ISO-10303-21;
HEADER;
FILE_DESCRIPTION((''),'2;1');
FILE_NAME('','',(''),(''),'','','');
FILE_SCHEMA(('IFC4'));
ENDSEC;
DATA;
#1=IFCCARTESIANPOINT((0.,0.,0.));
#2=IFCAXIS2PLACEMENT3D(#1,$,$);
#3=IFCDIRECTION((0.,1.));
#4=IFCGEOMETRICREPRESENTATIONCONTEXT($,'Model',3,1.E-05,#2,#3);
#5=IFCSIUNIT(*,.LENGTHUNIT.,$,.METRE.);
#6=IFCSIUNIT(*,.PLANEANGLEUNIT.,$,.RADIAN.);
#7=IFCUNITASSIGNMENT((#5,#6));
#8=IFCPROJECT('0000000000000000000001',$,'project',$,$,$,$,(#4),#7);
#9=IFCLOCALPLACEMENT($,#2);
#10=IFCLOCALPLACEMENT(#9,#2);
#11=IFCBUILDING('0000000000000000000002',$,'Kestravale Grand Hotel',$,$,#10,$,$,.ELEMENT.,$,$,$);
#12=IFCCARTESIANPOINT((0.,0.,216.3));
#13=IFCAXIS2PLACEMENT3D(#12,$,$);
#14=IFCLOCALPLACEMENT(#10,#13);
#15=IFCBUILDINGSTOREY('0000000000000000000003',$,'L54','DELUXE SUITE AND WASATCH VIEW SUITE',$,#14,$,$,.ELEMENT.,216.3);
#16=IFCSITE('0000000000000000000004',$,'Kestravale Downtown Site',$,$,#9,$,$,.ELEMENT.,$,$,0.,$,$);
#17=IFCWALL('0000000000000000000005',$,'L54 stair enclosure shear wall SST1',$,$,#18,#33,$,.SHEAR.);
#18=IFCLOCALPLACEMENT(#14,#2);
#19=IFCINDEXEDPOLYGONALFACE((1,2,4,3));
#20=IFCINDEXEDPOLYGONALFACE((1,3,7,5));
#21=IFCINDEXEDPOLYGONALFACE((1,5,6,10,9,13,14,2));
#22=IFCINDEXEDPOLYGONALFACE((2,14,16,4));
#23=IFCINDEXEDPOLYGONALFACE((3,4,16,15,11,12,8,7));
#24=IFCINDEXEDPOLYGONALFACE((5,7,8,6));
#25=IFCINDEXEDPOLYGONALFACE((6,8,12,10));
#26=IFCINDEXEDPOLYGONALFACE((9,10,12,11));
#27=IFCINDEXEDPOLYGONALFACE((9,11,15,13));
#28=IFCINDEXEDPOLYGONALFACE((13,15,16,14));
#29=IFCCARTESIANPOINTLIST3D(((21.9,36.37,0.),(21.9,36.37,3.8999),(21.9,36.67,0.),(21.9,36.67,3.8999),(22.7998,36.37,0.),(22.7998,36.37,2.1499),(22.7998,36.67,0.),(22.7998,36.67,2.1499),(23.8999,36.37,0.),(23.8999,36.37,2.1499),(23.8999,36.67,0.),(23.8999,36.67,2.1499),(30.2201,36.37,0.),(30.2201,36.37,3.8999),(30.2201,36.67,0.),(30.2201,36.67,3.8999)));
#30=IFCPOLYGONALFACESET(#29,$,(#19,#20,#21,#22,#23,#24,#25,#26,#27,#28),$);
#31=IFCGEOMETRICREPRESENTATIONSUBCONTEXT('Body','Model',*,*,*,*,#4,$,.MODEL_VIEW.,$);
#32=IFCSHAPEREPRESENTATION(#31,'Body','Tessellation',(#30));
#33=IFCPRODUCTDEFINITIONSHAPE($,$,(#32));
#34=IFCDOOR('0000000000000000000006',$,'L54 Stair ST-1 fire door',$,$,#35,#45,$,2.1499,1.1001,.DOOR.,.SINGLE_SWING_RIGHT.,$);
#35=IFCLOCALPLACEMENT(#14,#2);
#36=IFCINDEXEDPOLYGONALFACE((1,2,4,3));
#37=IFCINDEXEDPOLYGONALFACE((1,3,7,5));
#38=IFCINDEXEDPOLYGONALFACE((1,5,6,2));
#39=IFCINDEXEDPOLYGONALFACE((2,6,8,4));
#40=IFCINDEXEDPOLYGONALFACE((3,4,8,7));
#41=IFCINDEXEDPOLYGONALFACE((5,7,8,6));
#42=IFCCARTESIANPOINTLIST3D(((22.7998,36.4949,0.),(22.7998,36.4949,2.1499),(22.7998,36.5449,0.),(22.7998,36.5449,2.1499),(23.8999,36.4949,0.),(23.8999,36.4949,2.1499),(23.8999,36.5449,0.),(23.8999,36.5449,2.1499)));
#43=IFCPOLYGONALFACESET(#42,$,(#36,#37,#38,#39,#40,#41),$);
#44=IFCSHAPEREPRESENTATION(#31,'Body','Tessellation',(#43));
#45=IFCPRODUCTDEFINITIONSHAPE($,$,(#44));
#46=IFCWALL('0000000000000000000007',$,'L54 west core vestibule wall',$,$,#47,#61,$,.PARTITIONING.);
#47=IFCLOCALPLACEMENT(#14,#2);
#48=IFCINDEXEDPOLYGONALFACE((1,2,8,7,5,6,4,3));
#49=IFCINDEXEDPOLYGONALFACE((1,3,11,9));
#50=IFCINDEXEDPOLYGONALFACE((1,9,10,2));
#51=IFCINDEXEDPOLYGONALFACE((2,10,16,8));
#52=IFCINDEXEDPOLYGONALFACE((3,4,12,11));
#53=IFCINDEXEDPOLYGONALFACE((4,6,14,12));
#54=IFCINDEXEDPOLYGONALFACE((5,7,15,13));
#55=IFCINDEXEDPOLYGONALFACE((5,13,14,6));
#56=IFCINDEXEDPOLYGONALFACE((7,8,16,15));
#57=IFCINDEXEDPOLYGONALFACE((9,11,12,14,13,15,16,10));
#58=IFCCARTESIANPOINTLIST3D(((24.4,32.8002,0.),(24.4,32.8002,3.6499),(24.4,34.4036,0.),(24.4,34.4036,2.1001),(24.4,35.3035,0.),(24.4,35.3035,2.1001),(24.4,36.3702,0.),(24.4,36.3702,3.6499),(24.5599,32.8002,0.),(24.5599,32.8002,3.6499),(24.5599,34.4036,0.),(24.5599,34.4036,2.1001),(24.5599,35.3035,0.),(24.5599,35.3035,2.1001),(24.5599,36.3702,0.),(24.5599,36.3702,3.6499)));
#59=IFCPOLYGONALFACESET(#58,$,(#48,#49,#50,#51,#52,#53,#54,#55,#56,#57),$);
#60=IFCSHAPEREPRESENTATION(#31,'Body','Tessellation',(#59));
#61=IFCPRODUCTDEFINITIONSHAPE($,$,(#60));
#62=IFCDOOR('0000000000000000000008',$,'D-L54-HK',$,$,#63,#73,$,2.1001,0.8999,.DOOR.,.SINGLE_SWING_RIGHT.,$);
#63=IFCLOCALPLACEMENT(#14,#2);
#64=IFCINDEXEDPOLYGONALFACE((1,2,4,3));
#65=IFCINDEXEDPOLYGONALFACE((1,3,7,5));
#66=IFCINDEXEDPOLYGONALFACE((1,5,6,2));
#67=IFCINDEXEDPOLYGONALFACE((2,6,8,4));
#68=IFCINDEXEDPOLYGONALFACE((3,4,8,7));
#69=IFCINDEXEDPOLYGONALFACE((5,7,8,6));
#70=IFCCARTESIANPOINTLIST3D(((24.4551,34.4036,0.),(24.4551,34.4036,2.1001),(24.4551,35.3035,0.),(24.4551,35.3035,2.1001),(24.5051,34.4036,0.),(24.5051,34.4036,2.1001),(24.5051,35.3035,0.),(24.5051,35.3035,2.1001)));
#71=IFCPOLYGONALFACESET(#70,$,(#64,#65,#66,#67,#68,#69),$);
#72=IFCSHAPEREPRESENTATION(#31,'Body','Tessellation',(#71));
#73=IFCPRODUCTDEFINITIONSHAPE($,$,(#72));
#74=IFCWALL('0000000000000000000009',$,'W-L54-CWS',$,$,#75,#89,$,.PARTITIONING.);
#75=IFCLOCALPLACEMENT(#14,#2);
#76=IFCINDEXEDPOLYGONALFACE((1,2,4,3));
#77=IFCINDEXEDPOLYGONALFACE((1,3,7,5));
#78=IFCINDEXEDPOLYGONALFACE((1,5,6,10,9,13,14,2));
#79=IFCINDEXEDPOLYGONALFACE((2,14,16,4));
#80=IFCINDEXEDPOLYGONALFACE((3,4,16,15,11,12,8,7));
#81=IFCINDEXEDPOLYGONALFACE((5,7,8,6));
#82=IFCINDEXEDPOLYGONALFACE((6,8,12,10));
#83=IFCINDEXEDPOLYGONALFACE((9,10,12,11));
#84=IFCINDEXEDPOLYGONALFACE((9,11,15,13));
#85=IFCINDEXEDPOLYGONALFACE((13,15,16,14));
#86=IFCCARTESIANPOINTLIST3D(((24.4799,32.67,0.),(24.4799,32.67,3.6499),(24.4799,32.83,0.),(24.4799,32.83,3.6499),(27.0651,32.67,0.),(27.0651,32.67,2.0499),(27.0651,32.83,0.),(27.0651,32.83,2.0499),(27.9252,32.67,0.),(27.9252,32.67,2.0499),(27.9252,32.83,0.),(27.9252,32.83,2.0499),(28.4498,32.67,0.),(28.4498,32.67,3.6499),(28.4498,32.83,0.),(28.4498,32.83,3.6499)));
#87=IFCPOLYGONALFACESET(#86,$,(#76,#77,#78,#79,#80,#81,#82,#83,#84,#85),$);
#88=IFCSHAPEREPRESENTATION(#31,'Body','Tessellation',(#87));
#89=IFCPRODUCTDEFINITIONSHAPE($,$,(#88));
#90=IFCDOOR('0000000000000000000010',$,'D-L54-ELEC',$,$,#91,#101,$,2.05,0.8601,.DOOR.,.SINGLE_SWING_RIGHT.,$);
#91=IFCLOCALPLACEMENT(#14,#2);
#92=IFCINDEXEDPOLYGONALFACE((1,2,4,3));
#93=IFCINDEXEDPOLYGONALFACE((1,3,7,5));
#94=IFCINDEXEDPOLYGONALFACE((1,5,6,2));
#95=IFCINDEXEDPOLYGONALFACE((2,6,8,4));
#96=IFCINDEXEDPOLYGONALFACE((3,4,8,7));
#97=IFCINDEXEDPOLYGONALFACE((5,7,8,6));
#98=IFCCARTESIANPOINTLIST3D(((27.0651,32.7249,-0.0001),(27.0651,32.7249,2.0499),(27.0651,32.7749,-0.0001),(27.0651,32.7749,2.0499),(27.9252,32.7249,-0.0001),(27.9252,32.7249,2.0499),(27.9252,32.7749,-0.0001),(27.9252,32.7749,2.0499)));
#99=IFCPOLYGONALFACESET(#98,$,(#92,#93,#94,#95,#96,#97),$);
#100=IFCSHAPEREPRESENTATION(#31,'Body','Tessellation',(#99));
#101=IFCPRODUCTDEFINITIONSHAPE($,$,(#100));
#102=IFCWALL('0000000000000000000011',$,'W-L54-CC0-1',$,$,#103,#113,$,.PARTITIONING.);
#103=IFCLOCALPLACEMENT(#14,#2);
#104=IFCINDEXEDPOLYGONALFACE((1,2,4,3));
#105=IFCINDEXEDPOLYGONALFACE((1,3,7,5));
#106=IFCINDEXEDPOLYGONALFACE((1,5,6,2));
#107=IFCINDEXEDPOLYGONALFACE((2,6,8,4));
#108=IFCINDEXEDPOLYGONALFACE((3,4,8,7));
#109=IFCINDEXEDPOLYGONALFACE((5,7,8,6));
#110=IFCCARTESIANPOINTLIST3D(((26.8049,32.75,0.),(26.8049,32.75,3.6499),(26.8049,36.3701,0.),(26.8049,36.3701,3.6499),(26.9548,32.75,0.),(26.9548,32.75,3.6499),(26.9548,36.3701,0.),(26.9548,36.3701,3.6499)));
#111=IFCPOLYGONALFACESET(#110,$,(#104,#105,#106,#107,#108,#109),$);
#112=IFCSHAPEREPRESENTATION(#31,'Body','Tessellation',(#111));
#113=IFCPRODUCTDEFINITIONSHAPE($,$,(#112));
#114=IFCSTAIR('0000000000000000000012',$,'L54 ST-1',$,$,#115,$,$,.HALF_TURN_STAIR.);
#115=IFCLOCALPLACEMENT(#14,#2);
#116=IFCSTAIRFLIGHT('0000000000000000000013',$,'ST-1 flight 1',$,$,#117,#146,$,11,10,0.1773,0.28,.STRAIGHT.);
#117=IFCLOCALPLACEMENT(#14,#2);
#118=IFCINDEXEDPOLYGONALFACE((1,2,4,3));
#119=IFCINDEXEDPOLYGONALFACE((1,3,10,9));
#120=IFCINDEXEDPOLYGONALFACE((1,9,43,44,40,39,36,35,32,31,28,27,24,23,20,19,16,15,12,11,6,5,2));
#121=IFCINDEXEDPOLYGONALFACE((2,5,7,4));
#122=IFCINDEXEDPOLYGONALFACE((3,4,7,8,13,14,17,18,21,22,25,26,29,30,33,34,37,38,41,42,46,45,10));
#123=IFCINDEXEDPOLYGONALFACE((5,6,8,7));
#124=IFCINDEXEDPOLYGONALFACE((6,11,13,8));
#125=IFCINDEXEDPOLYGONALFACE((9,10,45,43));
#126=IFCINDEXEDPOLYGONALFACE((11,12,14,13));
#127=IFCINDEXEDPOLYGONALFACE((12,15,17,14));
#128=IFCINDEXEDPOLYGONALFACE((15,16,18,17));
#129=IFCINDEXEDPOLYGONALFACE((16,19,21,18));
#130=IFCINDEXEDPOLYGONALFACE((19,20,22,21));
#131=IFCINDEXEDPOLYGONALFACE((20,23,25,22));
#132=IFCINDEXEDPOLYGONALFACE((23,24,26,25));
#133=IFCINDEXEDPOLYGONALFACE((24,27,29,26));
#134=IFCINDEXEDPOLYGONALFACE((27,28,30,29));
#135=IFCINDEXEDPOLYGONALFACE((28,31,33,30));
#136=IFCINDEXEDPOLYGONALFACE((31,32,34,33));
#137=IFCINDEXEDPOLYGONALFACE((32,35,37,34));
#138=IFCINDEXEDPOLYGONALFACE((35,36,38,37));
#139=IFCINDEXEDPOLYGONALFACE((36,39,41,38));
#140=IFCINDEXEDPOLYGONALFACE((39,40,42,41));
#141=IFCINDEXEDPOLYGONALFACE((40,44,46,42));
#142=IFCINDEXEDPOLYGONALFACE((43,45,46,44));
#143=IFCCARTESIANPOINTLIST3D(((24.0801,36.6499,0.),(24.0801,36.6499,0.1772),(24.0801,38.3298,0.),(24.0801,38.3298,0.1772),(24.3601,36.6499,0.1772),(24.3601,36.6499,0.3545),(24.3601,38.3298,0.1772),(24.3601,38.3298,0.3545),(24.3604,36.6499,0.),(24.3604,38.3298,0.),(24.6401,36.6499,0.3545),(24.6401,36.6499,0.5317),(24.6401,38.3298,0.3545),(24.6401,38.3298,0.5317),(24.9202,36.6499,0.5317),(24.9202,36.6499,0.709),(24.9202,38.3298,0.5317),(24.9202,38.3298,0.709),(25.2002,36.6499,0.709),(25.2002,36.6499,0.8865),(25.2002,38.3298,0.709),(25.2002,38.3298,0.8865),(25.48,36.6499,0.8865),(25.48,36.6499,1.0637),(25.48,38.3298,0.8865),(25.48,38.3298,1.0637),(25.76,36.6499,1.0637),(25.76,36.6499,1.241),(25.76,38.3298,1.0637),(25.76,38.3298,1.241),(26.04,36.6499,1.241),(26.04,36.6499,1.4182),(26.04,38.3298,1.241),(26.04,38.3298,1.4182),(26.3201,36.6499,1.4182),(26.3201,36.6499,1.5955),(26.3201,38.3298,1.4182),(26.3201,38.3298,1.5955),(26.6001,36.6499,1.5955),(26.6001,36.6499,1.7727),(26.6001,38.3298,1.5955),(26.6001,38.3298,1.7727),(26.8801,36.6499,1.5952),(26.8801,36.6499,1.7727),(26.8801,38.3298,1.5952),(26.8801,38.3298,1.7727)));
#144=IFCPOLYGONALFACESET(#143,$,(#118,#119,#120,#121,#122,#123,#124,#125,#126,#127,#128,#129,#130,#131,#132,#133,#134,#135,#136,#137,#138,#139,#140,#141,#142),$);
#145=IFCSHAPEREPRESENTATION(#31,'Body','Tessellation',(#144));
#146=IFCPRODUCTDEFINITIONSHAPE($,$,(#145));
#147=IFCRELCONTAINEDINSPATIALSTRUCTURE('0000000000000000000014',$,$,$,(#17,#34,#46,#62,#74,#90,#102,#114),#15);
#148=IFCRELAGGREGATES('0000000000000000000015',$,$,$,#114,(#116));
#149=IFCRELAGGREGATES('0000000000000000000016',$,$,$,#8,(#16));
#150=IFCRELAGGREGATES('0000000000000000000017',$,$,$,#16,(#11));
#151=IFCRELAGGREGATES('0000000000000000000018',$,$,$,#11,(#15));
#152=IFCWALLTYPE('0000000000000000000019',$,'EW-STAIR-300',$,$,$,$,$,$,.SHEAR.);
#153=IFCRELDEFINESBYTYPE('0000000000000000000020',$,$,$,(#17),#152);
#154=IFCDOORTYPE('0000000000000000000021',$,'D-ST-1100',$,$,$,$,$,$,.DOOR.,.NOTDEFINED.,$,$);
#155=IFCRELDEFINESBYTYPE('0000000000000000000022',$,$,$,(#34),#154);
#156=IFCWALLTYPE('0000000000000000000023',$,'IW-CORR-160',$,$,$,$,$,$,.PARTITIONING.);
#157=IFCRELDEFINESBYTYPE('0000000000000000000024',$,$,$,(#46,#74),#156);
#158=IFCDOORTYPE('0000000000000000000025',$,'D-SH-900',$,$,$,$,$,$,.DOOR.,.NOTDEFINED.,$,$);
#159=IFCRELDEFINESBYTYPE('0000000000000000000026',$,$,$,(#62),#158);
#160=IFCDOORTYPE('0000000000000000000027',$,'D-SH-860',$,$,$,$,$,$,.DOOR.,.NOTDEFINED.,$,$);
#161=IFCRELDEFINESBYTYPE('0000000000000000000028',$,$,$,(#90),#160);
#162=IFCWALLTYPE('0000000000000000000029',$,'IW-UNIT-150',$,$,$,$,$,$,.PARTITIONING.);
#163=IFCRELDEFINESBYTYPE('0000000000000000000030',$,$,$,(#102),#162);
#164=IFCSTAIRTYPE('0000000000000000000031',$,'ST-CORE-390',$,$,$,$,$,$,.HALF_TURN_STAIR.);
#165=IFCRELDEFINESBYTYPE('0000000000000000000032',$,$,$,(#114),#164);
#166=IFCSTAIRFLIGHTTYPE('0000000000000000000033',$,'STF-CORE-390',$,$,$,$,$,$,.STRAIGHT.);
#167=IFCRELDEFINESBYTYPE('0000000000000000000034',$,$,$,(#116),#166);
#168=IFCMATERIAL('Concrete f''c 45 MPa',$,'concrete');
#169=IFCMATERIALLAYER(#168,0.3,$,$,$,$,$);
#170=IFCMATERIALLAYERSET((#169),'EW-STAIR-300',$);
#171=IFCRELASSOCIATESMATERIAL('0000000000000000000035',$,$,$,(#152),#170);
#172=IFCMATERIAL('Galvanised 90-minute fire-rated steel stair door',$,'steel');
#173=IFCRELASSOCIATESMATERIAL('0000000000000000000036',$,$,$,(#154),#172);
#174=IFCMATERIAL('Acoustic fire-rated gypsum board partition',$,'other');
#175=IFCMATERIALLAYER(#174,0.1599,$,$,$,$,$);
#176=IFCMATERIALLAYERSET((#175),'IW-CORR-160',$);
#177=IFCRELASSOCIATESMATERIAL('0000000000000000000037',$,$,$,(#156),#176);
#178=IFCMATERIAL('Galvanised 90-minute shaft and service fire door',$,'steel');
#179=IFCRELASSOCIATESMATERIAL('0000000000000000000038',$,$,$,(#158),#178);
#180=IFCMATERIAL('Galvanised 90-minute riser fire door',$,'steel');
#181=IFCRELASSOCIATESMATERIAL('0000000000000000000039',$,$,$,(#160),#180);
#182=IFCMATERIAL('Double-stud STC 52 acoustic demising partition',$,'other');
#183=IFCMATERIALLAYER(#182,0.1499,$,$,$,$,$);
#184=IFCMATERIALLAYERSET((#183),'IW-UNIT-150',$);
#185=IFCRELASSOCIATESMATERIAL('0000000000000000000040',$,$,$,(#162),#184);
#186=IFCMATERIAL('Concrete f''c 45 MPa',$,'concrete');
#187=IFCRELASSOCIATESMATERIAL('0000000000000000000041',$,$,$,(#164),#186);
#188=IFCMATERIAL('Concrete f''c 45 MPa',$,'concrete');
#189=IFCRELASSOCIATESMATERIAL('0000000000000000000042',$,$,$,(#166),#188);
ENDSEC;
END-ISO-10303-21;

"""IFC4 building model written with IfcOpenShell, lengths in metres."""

from ifc_helpers import new_model, si_unit, direction, frame, frame_2d, origin, place, context, subcontext, project, spatial, polyline, rectangle, outline, extrude, material, layer, layer_set, type_object, element, fill, aggregate, save


model = new_model("IFC4")

# Units and contexts
model_context = context("Model", 3, precision=1e-05, world=origin(), true_north=direction((0.0, 1.0)))
body_context = subcontext(model_context, "Body", "Model", "MODEL_VIEW")
ifc_project = project(units=[si_unit("LENGTHUNIT", "METRE"), si_unit("PLANEANGLEUNIT", "RADIAN")], contexts=[model_context])

# Site, building, storey
site_placement = place(None, origin())
site = spatial("IfcSite", under=ifc_project, at=site_placement, Name="Kestravale Downtown Site", CompositionType="ELEMENT", RefElevation=0.0)
building_placement = place(site_placement, origin())
building = spatial("IfcBuilding", under=site, at=building_placement, Name="Kestravale Grand Hotel", CompositionType="ELEMENT")
storey_placement = place(building_placement, frame((0.0, 0.0, 216.3)))
storey = spatial("IfcBuildingStorey", under=building, at=storey_placement, Name="L54", Description="DELUXE SUITE AND WASATCH VIEW SUITE", CompositionType="ELEMENT", Elevation=216.3)

# Walls, openings, doors
ifc_material_1 = material(Name="Concrete f'c 45 MPa", Category="concrete")
ifc_layer_1 = layer(ifc_material_1, 0.3)
ifc_layer_set_1 = layer_set([ifc_layer_1], Name="EW-STAIR-300")
wall_type_1 = type_object("IfcWallType", Name="EW-STAIR-300", PredefinedType="SHEAR", material=ifc_layer_set_1)
wall_1_placement = place(storey_placement, frame((21.8999, 36.52, 0.0), z_axis=(0.0, 0.0, 1.0), x_axis=(1.0, 0.0, 0.0)))
wall_1 = element("IfcWall", 1, at=wall_1_placement, inside=storey, type_object=wall_type_1, Name="L54 stair enclosure shear wall SST1", PredefinedType="SHEAR", context=body_context, shape_type="SweptSolid", body=[
    extrude(rectangle(XDim=8.3201, YDim=0.3, at=frame_2d((4.1602, 0.0))), origin(), (0.0, 0.0, 1.0), 3.8999),
])
opening_1_placement = place(wall_1_placement, frame((0.8999, 0.0, 0.0)))
opening_1 = element("IfcOpeningElement", 2, at=opening_1_placement, cuts=wall_1, PredefinedType="OPENING", context=body_context, shape_type="SweptSolid", body=[
    extrude(rectangle(XDim=1.1001, YDim=2.1499, at=frame_2d((0.55, 1.075))), frame((0.0, 0.1599, 0.0), z_axis=(0.0, -1.0, 0.0), x_axis=(1.0, 0.0, 0.0)), (0.0, 0.0, 1.0), 0.3201),
])
ifc_material_2 = material(Name="Galvanised 90-minute fire-rated steel stair door", Category="steel")
door_type_1 = type_object("IfcDoorType", Name="D-ST-1100", OperationType="NOTDEFINED", PredefinedType="DOOR", material=ifc_material_2)
door_1_placement = place(opening_1_placement, origin())
door_1 = element("IfcDoor", 3, at=door_1_placement, inside=storey, type_object=door_type_1, Name="L54 Stair ST-1 fire door", OperationType="SINGLE_SWING_RIGHT", OverallHeight=2.1499, OverallWidth=1.1001, PredefinedType="DOOR", context=body_context, shape_type="SweptSolid", body=[
    extrude(rectangle(XDim=1.1001, YDim=2.1499, at=frame_2d((0.55, 1.075))), frame((0.0, 0.0249, 0.0), z_axis=(0.0, -1.0, 0.0), x_axis=(1.0, 0.0, 0.0)), (0.0, 0.0, 1.0), 0.05),
])
fill(opening_1, door_1)
ifc_material_3 = material(Name="Acoustic fire-rated gypsum board partition", Category="other")
ifc_layer_2 = layer(ifc_material_3, 0.1599)
ifc_layer_set_2 = layer_set([ifc_layer_2], Name="IW-CORR-160")
wall_type_2 = type_object("IfcWallType", Name="IW-CORR-160", PredefinedType="PARTITIONING", material=ifc_layer_set_2)
wall_2_placement = place(storey_placement, frame((24.48, 32.8, 0.0), z_axis=(0.0, 0.0, 1.0), x_axis=(0.0, 1.0, 0.0)))
wall_2 = element("IfcWall", 4, at=wall_2_placement, inside=storey, type_object=wall_type_2, Name="L54 west core vestibule wall", PredefinedType="PARTITIONING", context=body_context, shape_type="SweptSolid", body=[
    extrude(rectangle(XDim=3.5701, YDim=0.1599, at=frame_2d((1.7852, 0.0))), origin(), (0.0, 0.0, 1.0), 3.6499),
])
opening_2_placement = place(wall_2_placement, frame((1.6035, 0.0, 0.0)))
opening_2 = element("IfcOpeningElement", 5, at=opening_2_placement, cuts=wall_2, PredefinedType="OPENING", context=body_context, shape_type="SweptSolid", body=[
    extrude(rectangle(XDim=0.8999, YDim=2.1001, at=frame_2d((0.45, 1.05))), frame((0.0, 0.0898, 0.0), z_axis=(0.0, -1.0, 0.0), x_axis=(1.0, 0.0, 0.0)), (0.0, 0.0, 1.0), 0.1799),
])
ifc_material_4 = material(Name="Galvanised 90-minute shaft and service fire door", Category="steel")
door_type_2 = type_object("IfcDoorType", Name="D-SH-900", OperationType="NOTDEFINED", PredefinedType="DOOR", material=ifc_material_4)
door_2_placement = place(opening_2_placement, origin())
door_2 = element("IfcDoor", 6, at=door_2_placement, inside=storey, type_object=door_type_2, Name="D-L54-HK", OperationType="SINGLE_SWING_RIGHT", OverallHeight=2.1001, OverallWidth=0.8999, PredefinedType="DOOR", context=body_context, shape_type="SweptSolid", body=[
    extrude(rectangle(XDim=0.8999, YDim=2.1001, at=frame_2d((0.45, 1.05))), frame((0.0, 0.0249, 0.0), z_axis=(0.0, -1.0, 0.0), x_axis=(1.0, 0.0, 0.0)), (0.0, 0.0, 1.0), 0.05),
])
fill(opening_2, door_2)
wall_3_placement = place(storey_placement, frame((24.48, 32.75, 0.0), z_axis=(0.0, 0.0, 1.0), x_axis=(1.0, 0.0, 0.0)))
wall_3 = element("IfcWall", 7, at=wall_3_placement, inside=storey, type_object=wall_type_2, Name="W-L54-CWS", PredefinedType="PARTITIONING", context=body_context, shape_type="SweptSolid", body=[
    extrude(rectangle(XDim=3.97, YDim=0.1599, at=frame_2d((1.9849, 0.0))), origin(), (0.0, 0.0, 1.0), 3.6499),
])
opening_3_placement = place(wall_3_placement, frame((2.585, 0.0, 0.0)))
opening_3 = element("IfcOpeningElement", 8, at=opening_3_placement, cuts=wall_3, PredefinedType="OPENING", context=body_context, shape_type="SweptSolid", body=[
    extrude(rectangle(XDim=0.8601, YDim=2.05, at=frame_2d((0.4302, 1.0249))), frame((0.0, 0.0898, 0.0), z_axis=(0.0, -1.0, 0.0), x_axis=(1.0, 0.0, 0.0)), (0.0, 0.0, 1.0), 0.1799),
])
ifc_material_5 = material(Name="Galvanised 90-minute riser fire door", Category="steel")
door_type_3 = type_object("IfcDoorType", Name="D-SH-860", OperationType="NOTDEFINED", PredefinedType="DOOR", material=ifc_material_5)
door_3_placement = place(opening_3_placement, origin())
door_3 = element("IfcDoor", 9, at=door_3_placement, inside=storey, type_object=door_type_3, Name="D-L54-ELEC", OperationType="SINGLE_SWING_RIGHT", OverallHeight=2.05, OverallWidth=0.8601, PredefinedType="DOOR", context=body_context, shape_type="SweptSolid", body=[
    extrude(rectangle(XDim=0.8601, YDim=2.05, at=frame_2d((0.4302, 1.0249))), frame((0.0, 0.0249, 0.0), z_axis=(0.0, -1.0, 0.0), x_axis=(1.0, 0.0, 0.0)), (0.0, 0.0, 1.0), 0.05),
])
fill(opening_3, door_3)

# Wall
ifc_material_6 = material(Name="Double-stud STC 52 acoustic demising partition", Category="other")
ifc_layer_3 = layer(ifc_material_6, 0.1499)
ifc_layer_set_3 = layer_set([ifc_layer_3], Name="IW-UNIT-150")
wall_type_3 = type_object("IfcWallType", Name="IW-UNIT-150", PredefinedType="PARTITIONING", material=ifc_layer_set_3)
wall_4_placement = place(storey_placement, frame((26.8799, 32.75, 0.0), z_axis=(0.0, 0.0, 1.0), x_axis=(0.0, 1.0, 0.0)))
element("IfcWall", 10, at=wall_4_placement, inside=storey, type_object=wall_type_3, Name="W-L54-CC0-1", PredefinedType="PARTITIONING", context=body_context, shape_type="SweptSolid", body=[
    extrude(rectangle(XDim=3.6201, YDim=0.1499, at=frame_2d((1.8101, 0.0))), origin(), (0.0, 0.0, 1.0), 3.6499),
])

# Stair, stair flight
ifc_material_7 = material(Name="Concrete f'c 45 MPa", Category="concrete")
stair_type = type_object("IfcStairType", Name="ST-CORE-390", PredefinedType="HALF_TURN_STAIR", material=ifc_material_7)
stair_placement = place(storey_placement, origin())
stair = element("IfcStair", 11, at=stair_placement, inside=storey, type_object=stair_type, Name="L54 ST-1", PredefinedType="HALF_TURN_STAIR")
ifc_material_8 = material(Name="Concrete f'c 45 MPa", Category="concrete")
stair_flight_type = type_object("IfcStairFlightType", Name="STF-CORE-390", PredefinedType="STRAIGHT", material=ifc_material_8)
stair_flight_1_placement = place(storey_placement, frame((24.0801, 37.49, 0.0), z_axis=(0.0, 0.0, 1.0), x_axis=(1.0, 0.0, 0.0)))
stair_flight_1 = element("IfcStairFlight", 12, at=stair_flight_1_placement, type_object=stair_flight_type, Name="ST-1 flight 1", NumberOfRisers=11, NumberOfTreads=10, PredefinedType="STRAIGHT", RiserHeight=0.1773, TreadLength=0.28, context=body_context, shape_type="SweptSolid", body=[
    extrude(outline(polyline([(0.0, 0.0), (0.0, 0.1772), (0.28, 0.1772), (0.28, 0.3545), (0.5601, 0.3545), (0.5601, 0.5317), (0.8401, 0.5317), (0.8401, 0.709), (1.1201, 0.709), (1.1201, 0.8865), (1.3999, 0.8865), (1.3999, 1.0637), (1.6799, 1.0637), (1.6799, 1.241), (1.96, 1.241), (1.96, 1.4182), (2.24, 1.4182), (2.24, 1.5955), (2.52, 1.5955), (2.52, 1.7727), (2.8, 1.7727), (2.8, 1.95), (2.8, 1.5952), (0.2803, 0.0), (0.0, 0.0)])), frame((0.0, 0.8398, 0.0), z_axis=(0.0, -1.0, 0.0), x_axis=(1.0, 0.0, 0.0)), (0.0, 0.0, 1.0), 1.6799),
])
aggregate(stair, [stair_flight_1])

save(model, "model.ifc")
